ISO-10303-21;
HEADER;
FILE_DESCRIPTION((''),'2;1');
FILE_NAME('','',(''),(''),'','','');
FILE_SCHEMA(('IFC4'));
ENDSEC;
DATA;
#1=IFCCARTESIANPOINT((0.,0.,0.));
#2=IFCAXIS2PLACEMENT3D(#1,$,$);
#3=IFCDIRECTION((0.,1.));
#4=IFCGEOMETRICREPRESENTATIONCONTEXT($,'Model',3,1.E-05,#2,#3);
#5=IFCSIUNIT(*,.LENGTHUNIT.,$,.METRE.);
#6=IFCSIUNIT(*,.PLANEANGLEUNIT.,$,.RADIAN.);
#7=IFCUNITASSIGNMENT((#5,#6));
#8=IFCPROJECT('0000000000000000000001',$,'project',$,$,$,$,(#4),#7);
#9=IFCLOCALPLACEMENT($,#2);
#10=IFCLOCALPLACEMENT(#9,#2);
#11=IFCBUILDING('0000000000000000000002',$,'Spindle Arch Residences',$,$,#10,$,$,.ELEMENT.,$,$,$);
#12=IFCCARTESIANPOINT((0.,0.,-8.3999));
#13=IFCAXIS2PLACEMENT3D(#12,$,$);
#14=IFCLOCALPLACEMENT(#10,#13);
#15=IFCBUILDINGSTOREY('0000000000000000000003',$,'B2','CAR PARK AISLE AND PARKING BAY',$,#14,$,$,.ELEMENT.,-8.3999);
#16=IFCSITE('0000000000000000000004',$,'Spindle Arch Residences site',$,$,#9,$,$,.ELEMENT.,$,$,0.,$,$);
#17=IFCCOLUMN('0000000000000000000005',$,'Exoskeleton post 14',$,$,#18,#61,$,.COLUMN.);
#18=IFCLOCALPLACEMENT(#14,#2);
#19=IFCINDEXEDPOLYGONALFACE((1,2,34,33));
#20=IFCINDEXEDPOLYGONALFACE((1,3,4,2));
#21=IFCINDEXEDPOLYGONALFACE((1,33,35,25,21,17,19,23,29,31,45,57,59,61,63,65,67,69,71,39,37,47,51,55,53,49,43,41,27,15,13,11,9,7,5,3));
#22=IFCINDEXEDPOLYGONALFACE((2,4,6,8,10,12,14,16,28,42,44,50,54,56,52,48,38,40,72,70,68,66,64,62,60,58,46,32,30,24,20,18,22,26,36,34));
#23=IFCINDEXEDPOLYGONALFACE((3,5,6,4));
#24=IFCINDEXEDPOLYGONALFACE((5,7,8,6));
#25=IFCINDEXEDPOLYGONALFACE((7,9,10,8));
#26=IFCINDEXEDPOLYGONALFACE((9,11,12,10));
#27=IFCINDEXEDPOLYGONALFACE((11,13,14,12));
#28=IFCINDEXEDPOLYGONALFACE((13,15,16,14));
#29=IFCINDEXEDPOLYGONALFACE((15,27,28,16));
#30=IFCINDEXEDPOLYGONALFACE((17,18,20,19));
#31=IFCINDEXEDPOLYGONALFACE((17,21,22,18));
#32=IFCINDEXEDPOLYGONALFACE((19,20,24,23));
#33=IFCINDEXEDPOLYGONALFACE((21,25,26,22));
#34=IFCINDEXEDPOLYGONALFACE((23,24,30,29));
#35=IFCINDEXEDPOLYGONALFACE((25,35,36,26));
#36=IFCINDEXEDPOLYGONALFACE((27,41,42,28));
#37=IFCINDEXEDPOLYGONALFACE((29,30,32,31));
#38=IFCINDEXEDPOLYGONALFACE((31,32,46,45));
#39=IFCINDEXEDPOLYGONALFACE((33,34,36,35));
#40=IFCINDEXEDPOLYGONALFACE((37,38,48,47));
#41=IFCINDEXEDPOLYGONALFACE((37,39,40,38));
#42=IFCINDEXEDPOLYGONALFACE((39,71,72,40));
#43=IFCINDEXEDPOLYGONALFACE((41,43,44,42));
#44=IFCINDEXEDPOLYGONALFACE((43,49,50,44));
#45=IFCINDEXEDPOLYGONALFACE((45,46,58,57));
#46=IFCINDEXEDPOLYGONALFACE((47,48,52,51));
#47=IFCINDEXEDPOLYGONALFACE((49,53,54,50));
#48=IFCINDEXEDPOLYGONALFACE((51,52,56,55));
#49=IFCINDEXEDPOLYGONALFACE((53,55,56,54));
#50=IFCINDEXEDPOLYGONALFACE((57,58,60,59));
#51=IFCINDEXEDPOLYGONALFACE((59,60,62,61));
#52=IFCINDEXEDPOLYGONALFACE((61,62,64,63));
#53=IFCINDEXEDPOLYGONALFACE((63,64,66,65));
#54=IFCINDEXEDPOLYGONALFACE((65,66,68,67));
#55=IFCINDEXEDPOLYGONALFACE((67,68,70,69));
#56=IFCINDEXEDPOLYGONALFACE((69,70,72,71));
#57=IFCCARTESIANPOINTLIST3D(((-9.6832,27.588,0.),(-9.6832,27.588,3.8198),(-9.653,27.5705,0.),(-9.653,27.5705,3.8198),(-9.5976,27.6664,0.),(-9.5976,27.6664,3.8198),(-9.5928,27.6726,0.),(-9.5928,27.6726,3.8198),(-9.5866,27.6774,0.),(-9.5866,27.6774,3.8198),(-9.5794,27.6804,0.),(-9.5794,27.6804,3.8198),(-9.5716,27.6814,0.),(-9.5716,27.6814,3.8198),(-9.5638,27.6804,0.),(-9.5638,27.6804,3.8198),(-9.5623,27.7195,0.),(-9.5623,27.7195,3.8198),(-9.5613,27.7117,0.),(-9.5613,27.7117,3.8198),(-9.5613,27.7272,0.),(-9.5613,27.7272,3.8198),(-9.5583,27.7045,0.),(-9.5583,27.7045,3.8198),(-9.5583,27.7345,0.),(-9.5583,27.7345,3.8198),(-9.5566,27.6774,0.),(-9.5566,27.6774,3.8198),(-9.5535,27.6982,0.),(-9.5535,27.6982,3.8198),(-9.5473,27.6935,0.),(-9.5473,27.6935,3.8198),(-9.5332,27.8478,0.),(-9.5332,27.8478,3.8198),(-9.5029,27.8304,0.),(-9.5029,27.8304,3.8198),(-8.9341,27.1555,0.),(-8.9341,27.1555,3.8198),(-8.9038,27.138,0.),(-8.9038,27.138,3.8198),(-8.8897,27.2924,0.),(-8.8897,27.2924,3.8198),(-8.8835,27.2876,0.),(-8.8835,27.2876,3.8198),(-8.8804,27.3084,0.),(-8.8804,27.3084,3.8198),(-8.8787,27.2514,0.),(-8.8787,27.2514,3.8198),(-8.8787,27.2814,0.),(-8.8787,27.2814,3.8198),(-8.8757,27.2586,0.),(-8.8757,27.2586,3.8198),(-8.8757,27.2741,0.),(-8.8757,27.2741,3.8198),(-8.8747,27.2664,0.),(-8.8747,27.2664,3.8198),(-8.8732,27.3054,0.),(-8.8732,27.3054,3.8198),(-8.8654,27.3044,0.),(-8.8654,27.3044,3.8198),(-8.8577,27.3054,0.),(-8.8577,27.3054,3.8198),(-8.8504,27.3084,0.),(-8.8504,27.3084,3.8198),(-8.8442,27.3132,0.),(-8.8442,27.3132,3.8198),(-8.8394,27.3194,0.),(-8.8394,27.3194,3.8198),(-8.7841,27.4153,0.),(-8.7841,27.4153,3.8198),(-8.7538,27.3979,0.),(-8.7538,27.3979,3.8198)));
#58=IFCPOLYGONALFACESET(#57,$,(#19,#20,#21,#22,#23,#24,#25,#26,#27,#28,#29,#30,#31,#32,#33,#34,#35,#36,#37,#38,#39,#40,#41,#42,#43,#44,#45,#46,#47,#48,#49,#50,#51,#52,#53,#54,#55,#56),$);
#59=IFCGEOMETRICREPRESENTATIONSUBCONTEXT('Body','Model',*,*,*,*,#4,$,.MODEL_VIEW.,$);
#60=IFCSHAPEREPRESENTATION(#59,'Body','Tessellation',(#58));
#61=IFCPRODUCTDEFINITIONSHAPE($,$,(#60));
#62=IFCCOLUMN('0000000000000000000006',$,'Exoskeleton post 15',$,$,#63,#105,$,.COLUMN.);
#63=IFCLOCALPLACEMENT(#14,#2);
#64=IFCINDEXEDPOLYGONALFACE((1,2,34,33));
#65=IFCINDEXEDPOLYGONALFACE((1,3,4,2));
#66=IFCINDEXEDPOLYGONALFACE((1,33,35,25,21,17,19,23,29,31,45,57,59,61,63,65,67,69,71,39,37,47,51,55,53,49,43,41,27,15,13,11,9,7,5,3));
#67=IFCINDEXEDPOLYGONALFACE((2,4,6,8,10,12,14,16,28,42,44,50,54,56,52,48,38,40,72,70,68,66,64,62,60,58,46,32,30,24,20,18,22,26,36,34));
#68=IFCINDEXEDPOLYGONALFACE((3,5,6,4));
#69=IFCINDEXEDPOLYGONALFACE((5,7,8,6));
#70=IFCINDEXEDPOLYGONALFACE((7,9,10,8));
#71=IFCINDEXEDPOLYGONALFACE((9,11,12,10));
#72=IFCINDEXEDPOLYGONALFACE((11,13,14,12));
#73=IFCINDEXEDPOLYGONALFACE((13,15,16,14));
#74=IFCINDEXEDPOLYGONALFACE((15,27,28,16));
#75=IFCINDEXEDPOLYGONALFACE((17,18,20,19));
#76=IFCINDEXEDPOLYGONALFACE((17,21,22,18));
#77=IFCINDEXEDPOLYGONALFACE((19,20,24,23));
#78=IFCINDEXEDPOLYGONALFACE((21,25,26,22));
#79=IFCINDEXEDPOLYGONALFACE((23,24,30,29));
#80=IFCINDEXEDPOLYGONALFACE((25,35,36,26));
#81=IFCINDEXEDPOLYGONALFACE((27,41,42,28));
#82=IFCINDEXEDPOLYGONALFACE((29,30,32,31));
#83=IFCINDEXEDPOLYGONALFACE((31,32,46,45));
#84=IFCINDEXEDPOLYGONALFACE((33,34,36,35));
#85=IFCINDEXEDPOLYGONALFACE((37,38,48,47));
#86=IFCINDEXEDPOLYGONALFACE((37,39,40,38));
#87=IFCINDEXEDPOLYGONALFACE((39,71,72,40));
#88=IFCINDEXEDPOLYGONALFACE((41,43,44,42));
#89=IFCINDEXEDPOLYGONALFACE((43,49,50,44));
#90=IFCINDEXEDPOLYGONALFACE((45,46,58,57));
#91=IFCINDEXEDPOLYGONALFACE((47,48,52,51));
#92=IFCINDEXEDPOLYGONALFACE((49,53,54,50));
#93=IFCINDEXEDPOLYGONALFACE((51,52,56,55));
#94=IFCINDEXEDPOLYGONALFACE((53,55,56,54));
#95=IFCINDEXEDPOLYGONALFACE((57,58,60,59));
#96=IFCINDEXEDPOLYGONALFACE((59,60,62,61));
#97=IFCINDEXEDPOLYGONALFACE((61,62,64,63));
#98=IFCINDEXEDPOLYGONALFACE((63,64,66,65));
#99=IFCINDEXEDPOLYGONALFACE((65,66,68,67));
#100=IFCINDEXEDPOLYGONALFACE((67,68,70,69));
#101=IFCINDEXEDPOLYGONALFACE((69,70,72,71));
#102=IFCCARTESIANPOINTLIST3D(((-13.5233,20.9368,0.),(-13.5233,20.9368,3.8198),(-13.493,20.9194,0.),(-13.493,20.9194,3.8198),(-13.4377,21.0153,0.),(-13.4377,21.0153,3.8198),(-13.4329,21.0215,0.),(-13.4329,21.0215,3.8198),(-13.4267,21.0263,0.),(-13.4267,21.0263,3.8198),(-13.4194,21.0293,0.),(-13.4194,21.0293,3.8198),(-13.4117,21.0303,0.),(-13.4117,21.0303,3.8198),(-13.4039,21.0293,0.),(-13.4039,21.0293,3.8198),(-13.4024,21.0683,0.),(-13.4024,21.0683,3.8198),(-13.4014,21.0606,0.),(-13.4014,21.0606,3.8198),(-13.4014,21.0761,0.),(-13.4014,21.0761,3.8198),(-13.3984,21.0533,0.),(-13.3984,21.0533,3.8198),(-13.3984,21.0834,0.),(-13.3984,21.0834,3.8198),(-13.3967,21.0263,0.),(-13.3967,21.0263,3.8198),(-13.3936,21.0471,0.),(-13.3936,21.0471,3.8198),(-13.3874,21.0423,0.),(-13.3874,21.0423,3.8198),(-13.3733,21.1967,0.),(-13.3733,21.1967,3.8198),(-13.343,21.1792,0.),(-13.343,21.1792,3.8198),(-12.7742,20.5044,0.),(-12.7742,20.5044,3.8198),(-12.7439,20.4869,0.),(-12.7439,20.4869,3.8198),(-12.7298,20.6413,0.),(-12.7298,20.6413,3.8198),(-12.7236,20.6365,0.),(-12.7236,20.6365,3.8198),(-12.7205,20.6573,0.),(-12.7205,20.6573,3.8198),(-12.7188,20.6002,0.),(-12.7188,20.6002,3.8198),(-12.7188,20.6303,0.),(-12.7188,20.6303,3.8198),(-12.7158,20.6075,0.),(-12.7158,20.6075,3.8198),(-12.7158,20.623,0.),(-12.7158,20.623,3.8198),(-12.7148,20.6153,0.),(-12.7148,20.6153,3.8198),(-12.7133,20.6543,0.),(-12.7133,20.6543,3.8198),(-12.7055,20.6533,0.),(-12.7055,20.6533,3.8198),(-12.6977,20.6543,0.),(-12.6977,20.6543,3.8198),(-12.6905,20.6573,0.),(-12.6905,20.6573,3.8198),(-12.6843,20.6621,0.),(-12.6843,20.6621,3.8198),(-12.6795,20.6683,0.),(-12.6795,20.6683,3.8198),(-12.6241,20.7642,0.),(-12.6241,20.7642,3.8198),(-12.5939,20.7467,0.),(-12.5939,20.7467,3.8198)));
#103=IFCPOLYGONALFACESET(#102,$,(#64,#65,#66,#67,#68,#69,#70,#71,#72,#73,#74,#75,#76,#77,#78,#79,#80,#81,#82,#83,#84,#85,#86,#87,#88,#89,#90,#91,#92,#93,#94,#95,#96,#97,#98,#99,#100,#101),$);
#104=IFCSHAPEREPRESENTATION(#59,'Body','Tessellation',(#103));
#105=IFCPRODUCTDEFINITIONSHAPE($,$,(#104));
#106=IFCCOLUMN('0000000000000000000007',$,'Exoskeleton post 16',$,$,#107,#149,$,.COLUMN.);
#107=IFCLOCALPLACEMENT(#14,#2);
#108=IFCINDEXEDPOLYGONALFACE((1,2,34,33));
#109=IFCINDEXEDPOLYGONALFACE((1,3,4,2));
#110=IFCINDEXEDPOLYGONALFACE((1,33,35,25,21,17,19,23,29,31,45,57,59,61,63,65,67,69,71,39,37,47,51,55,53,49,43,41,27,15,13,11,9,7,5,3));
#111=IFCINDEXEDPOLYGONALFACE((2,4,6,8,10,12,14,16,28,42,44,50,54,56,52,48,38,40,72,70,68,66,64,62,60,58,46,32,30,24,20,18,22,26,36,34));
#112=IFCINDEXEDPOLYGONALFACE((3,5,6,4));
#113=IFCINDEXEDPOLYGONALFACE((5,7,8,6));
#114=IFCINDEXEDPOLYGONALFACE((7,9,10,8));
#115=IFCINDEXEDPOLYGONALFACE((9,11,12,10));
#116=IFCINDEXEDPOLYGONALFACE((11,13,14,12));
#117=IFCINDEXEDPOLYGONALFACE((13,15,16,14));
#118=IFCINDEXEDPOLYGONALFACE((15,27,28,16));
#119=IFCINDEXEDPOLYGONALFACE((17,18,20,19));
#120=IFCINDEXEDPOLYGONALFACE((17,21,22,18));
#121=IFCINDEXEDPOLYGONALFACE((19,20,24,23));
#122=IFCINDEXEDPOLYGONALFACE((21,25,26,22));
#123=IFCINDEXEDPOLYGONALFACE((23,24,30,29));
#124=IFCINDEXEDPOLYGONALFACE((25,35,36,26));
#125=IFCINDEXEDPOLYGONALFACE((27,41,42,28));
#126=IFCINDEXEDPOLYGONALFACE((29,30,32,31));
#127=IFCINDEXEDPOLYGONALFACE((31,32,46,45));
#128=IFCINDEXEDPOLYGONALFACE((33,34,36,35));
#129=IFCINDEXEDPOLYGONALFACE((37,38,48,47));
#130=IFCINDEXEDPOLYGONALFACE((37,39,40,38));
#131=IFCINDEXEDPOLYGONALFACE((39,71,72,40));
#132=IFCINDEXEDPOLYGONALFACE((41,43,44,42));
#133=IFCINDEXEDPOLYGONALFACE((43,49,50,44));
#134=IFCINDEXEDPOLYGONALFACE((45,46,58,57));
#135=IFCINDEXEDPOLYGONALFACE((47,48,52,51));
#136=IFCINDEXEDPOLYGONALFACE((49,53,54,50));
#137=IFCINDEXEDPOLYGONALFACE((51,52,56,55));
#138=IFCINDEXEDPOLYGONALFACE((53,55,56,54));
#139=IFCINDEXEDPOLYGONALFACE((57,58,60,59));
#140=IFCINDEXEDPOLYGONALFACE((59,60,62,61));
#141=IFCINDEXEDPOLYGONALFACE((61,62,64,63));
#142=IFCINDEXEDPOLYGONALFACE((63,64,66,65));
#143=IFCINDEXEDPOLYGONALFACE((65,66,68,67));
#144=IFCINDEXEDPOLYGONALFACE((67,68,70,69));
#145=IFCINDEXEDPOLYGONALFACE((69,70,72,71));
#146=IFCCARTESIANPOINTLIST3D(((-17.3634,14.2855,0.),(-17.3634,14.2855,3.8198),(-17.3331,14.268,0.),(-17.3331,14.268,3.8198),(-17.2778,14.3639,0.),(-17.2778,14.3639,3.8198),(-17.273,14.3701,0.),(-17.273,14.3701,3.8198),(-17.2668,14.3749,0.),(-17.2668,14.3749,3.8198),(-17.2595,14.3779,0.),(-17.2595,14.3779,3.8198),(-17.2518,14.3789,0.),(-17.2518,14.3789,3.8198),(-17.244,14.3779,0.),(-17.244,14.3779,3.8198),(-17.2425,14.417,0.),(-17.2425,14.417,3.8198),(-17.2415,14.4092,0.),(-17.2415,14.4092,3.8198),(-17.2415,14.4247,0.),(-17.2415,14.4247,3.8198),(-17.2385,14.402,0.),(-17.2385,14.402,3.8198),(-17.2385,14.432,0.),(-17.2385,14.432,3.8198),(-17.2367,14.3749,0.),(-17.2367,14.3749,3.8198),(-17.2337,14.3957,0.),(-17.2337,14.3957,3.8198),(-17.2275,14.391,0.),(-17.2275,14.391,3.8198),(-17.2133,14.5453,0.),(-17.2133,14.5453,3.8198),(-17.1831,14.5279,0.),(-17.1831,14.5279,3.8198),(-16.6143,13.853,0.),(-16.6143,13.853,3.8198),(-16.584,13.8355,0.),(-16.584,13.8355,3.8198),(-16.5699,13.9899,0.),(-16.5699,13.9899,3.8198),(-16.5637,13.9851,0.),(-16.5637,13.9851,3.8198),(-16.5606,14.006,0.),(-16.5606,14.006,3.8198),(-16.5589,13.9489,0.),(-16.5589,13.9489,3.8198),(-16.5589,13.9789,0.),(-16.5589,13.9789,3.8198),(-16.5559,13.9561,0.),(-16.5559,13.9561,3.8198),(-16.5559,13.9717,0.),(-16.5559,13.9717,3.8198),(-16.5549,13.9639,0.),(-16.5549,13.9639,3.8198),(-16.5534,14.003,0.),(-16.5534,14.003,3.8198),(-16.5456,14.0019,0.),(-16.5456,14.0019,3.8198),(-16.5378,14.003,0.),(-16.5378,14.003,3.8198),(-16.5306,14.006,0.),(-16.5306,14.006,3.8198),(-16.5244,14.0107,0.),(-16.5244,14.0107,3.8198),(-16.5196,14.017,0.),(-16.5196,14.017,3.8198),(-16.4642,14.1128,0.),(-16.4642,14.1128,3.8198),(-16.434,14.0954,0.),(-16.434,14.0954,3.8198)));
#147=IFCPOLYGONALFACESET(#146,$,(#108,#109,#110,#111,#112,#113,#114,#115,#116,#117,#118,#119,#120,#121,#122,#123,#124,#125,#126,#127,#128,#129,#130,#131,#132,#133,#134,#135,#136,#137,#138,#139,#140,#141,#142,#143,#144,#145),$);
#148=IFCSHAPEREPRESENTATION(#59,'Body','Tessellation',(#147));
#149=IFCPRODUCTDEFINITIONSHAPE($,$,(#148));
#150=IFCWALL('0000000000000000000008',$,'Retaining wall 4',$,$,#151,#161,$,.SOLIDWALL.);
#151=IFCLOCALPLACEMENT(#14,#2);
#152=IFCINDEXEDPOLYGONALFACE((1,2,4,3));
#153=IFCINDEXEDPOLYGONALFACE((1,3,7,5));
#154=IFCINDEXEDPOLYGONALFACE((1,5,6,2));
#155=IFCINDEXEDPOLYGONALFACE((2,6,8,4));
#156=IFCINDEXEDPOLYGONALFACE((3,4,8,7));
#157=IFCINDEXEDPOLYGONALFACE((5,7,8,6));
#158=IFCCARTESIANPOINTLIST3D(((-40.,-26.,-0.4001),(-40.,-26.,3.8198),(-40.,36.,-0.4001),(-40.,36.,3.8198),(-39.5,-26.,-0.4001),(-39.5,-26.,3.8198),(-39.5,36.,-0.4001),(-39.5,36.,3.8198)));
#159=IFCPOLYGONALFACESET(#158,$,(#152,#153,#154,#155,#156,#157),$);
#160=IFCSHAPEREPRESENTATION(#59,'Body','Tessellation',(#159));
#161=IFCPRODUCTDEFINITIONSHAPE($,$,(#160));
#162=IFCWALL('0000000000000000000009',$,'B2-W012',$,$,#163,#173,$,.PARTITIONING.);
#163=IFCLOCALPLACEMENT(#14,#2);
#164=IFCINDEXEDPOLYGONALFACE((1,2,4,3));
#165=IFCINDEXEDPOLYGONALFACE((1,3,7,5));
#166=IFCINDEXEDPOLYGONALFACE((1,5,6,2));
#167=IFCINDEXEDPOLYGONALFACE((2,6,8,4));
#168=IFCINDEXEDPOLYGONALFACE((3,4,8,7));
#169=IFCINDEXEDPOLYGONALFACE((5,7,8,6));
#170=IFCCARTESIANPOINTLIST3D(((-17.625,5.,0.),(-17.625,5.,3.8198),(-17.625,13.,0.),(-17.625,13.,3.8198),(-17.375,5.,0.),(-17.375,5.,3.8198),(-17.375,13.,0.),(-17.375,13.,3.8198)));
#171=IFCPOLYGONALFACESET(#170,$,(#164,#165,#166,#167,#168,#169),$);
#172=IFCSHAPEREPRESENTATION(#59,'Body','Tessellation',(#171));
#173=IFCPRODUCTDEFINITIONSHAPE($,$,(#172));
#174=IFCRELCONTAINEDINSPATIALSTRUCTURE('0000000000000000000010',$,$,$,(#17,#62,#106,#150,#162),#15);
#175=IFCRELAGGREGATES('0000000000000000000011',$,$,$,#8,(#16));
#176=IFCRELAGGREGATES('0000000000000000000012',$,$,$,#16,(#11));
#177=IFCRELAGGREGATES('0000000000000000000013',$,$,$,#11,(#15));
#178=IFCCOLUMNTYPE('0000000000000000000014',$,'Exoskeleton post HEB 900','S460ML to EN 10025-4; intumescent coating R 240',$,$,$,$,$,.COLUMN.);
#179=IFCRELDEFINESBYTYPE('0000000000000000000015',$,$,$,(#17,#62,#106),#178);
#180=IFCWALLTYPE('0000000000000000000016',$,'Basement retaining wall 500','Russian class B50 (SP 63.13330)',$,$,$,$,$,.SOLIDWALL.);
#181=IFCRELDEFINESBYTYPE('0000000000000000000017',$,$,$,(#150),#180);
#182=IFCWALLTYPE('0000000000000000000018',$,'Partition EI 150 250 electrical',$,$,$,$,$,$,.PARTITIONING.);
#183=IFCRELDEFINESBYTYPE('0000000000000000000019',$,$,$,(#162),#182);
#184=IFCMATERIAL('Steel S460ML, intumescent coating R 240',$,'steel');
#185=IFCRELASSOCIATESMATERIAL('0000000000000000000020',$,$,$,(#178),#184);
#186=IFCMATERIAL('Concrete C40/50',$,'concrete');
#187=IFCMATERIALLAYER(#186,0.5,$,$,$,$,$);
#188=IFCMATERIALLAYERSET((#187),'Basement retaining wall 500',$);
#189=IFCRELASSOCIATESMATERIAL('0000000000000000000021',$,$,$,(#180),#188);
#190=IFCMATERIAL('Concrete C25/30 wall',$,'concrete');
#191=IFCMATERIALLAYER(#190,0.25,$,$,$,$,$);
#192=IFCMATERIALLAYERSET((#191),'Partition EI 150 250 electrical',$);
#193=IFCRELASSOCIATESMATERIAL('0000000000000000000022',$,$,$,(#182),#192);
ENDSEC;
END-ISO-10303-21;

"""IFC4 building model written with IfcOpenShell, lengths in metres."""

from ifc_helpers import new_model, si_unit, direction, frame, frame_2d, origin, origin_2d, place, context, subcontext, project, spatial, rectangle, i_section, extrude, material, layer, layer_set, material_profile, profile_set, type_object, element, save


model = new_model("IFC4")

# Units and contexts
model_context = context("Model", 3, precision=1e-05, world=origin(), true_north=direction((0.0, 1.0)))
body_context = subcontext(model_context, "Body", "Model", "MODEL_VIEW")
ifc_project = project(units=[si_unit("LENGTHUNIT", "METRE"), si_unit("PLANEANGLEUNIT", "RADIAN")], contexts=[model_context])

# Site, building, storey
site_placement = place(None, origin())
site = spatial("IfcSite", under=ifc_project, at=site_placement, Name="Spindle Arch Residences site", CompositionType="ELEMENT", RefElevation=0.0)
building_placement = place(site_placement, origin())
building = spatial("IfcBuilding", under=site, at=building_placement, Name="Spindle Arch Residences", CompositionType="ELEMENT")
storey_placement = place(building_placement, frame((0.0, 0.0, -8.3999)))
storey = spatial("IfcBuildingStorey", under=building, at=storey_placement, Name="B2", Description="CAR PARK AISLE AND PARKING BAY", CompositionType="ELEMENT", Elevation=-8.3999)

# Columns
ifc_material_1 = material(Name="Steel S460ML, intumescent coating R 240", Category="steel")
ifc_material_profile_1 = material_profile(ifc_material_1, i_section(OverallWidth=0.3, OverallDepth=0.8999, WebThickness=0.0186, FlangeThickness=0.0349, FilletRadius=0.03, at=origin_2d()), Name="HEB 900")
ifc_profile_set_1 = profile_set([ifc_material_profile_1], Name="Steel S460ML, intumescent coating R 240")
column_type_1 = type_object("IfcColumnType", Name="Exoskeleton post HEB 900", Description="S460ML to EN 10025-4; intumescent coating R 240", PredefinedType="COLUMN", material=ifc_profile_set_1)
for number, where, z_axis, x_axis, name in (
    (1, (-9.2185, 27.4929, 0.0), (0.0, 0.0, 1.0), (0.5, 0.866025, 0.0), "Exoskeleton post 14"),
    (2, (-13.0586, 20.8418, 0.0), (0.0, 0.0, 1.0), (0.5, 0.866025, 0.0), "Exoskeleton post 15"),
    (3, (-16.8987, 14.1904, 0.0), (0.0, 0.0, 1.0), (0.5, 0.866025, 0.0), "Exoskeleton post 16"),
):
    element("IfcColumn", number, at=place(storey_placement, frame(where, z_axis=z_axis, x_axis=x_axis)), inside=storey, type_object=column_type_1, Name=name, PredefinedType="COLUMN", context=body_context, shape_type="SweptSolid", body=[
        extrude(i_section(OverallWidth=0.3, OverallDepth=0.8999, WebThickness=0.0186, FlangeThickness=0.0349, FilletRadius=0.03, at=origin_2d()), origin(), (0.0, 0.0, 1.0), 3.8198),
    ])

# Walls
ifc_material_2 = material(Name="Concrete C40/50", Category="concrete")
ifc_layer_1 = layer(ifc_material_2, 0.5)
ifc_layer_set_1 = layer_set([ifc_layer_1], Name="Basement retaining wall 500")
wall_type_1 = type_object("IfcWallType", Name="Basement retaining wall 500", Description="Russian class B50 (SP 63.13330)", PredefinedType="SOLIDWALL", material=ifc_layer_set_1)
wall_1_placement = place(storey_placement, frame((-39.75, 36.0, -0.4001), z_axis=(0.0, 0.0, 1.0), x_axis=(0.0, -1.0, 0.0)))
element("IfcWall", 4, at=wall_1_placement, inside=storey, type_object=wall_type_1, Name="Retaining wall 4", PredefinedType="SOLIDWALL", context=body_context, shape_type="SweptSolid", body=[
    extrude(rectangle(XDim=62.0, YDim=0.5, at=frame_2d((31.0, 0.0))), origin(), (0.0, 0.0, 1.0), 4.22),
])
ifc_material_3 = material(Name="Concrete C25/30 wall", Category="concrete")
ifc_layer_2 = layer(ifc_material_3, 0.25)
ifc_layer_set_2 = layer_set([ifc_layer_2], Name="Partition EI 150 250 electrical")
wall_type_2 = type_object("IfcWallType", Name="Partition EI 150 250 electrical", PredefinedType="PARTITIONING", material=ifc_layer_set_2)
wall_2_placement = place(storey_placement, frame((-17.5, 13.0, 0.0), z_axis=(0.0, 0.0, 1.0), x_axis=(0.0, -1.0, 0.0)))
element("IfcWall", 5, at=wall_2_placement, inside=storey, type_object=wall_type_2, Name="B2-W012", PredefinedType="PARTITIONING", context=body_context, shape_type="SweptSolid", body=[
    extrude(rectangle(XDim=8.0, YDim=0.25, at=frame_2d((4.0, 0.0))), origin(), (0.0, 0.0, 1.0), 3.8198),
])

save(model, "model.ifc")
